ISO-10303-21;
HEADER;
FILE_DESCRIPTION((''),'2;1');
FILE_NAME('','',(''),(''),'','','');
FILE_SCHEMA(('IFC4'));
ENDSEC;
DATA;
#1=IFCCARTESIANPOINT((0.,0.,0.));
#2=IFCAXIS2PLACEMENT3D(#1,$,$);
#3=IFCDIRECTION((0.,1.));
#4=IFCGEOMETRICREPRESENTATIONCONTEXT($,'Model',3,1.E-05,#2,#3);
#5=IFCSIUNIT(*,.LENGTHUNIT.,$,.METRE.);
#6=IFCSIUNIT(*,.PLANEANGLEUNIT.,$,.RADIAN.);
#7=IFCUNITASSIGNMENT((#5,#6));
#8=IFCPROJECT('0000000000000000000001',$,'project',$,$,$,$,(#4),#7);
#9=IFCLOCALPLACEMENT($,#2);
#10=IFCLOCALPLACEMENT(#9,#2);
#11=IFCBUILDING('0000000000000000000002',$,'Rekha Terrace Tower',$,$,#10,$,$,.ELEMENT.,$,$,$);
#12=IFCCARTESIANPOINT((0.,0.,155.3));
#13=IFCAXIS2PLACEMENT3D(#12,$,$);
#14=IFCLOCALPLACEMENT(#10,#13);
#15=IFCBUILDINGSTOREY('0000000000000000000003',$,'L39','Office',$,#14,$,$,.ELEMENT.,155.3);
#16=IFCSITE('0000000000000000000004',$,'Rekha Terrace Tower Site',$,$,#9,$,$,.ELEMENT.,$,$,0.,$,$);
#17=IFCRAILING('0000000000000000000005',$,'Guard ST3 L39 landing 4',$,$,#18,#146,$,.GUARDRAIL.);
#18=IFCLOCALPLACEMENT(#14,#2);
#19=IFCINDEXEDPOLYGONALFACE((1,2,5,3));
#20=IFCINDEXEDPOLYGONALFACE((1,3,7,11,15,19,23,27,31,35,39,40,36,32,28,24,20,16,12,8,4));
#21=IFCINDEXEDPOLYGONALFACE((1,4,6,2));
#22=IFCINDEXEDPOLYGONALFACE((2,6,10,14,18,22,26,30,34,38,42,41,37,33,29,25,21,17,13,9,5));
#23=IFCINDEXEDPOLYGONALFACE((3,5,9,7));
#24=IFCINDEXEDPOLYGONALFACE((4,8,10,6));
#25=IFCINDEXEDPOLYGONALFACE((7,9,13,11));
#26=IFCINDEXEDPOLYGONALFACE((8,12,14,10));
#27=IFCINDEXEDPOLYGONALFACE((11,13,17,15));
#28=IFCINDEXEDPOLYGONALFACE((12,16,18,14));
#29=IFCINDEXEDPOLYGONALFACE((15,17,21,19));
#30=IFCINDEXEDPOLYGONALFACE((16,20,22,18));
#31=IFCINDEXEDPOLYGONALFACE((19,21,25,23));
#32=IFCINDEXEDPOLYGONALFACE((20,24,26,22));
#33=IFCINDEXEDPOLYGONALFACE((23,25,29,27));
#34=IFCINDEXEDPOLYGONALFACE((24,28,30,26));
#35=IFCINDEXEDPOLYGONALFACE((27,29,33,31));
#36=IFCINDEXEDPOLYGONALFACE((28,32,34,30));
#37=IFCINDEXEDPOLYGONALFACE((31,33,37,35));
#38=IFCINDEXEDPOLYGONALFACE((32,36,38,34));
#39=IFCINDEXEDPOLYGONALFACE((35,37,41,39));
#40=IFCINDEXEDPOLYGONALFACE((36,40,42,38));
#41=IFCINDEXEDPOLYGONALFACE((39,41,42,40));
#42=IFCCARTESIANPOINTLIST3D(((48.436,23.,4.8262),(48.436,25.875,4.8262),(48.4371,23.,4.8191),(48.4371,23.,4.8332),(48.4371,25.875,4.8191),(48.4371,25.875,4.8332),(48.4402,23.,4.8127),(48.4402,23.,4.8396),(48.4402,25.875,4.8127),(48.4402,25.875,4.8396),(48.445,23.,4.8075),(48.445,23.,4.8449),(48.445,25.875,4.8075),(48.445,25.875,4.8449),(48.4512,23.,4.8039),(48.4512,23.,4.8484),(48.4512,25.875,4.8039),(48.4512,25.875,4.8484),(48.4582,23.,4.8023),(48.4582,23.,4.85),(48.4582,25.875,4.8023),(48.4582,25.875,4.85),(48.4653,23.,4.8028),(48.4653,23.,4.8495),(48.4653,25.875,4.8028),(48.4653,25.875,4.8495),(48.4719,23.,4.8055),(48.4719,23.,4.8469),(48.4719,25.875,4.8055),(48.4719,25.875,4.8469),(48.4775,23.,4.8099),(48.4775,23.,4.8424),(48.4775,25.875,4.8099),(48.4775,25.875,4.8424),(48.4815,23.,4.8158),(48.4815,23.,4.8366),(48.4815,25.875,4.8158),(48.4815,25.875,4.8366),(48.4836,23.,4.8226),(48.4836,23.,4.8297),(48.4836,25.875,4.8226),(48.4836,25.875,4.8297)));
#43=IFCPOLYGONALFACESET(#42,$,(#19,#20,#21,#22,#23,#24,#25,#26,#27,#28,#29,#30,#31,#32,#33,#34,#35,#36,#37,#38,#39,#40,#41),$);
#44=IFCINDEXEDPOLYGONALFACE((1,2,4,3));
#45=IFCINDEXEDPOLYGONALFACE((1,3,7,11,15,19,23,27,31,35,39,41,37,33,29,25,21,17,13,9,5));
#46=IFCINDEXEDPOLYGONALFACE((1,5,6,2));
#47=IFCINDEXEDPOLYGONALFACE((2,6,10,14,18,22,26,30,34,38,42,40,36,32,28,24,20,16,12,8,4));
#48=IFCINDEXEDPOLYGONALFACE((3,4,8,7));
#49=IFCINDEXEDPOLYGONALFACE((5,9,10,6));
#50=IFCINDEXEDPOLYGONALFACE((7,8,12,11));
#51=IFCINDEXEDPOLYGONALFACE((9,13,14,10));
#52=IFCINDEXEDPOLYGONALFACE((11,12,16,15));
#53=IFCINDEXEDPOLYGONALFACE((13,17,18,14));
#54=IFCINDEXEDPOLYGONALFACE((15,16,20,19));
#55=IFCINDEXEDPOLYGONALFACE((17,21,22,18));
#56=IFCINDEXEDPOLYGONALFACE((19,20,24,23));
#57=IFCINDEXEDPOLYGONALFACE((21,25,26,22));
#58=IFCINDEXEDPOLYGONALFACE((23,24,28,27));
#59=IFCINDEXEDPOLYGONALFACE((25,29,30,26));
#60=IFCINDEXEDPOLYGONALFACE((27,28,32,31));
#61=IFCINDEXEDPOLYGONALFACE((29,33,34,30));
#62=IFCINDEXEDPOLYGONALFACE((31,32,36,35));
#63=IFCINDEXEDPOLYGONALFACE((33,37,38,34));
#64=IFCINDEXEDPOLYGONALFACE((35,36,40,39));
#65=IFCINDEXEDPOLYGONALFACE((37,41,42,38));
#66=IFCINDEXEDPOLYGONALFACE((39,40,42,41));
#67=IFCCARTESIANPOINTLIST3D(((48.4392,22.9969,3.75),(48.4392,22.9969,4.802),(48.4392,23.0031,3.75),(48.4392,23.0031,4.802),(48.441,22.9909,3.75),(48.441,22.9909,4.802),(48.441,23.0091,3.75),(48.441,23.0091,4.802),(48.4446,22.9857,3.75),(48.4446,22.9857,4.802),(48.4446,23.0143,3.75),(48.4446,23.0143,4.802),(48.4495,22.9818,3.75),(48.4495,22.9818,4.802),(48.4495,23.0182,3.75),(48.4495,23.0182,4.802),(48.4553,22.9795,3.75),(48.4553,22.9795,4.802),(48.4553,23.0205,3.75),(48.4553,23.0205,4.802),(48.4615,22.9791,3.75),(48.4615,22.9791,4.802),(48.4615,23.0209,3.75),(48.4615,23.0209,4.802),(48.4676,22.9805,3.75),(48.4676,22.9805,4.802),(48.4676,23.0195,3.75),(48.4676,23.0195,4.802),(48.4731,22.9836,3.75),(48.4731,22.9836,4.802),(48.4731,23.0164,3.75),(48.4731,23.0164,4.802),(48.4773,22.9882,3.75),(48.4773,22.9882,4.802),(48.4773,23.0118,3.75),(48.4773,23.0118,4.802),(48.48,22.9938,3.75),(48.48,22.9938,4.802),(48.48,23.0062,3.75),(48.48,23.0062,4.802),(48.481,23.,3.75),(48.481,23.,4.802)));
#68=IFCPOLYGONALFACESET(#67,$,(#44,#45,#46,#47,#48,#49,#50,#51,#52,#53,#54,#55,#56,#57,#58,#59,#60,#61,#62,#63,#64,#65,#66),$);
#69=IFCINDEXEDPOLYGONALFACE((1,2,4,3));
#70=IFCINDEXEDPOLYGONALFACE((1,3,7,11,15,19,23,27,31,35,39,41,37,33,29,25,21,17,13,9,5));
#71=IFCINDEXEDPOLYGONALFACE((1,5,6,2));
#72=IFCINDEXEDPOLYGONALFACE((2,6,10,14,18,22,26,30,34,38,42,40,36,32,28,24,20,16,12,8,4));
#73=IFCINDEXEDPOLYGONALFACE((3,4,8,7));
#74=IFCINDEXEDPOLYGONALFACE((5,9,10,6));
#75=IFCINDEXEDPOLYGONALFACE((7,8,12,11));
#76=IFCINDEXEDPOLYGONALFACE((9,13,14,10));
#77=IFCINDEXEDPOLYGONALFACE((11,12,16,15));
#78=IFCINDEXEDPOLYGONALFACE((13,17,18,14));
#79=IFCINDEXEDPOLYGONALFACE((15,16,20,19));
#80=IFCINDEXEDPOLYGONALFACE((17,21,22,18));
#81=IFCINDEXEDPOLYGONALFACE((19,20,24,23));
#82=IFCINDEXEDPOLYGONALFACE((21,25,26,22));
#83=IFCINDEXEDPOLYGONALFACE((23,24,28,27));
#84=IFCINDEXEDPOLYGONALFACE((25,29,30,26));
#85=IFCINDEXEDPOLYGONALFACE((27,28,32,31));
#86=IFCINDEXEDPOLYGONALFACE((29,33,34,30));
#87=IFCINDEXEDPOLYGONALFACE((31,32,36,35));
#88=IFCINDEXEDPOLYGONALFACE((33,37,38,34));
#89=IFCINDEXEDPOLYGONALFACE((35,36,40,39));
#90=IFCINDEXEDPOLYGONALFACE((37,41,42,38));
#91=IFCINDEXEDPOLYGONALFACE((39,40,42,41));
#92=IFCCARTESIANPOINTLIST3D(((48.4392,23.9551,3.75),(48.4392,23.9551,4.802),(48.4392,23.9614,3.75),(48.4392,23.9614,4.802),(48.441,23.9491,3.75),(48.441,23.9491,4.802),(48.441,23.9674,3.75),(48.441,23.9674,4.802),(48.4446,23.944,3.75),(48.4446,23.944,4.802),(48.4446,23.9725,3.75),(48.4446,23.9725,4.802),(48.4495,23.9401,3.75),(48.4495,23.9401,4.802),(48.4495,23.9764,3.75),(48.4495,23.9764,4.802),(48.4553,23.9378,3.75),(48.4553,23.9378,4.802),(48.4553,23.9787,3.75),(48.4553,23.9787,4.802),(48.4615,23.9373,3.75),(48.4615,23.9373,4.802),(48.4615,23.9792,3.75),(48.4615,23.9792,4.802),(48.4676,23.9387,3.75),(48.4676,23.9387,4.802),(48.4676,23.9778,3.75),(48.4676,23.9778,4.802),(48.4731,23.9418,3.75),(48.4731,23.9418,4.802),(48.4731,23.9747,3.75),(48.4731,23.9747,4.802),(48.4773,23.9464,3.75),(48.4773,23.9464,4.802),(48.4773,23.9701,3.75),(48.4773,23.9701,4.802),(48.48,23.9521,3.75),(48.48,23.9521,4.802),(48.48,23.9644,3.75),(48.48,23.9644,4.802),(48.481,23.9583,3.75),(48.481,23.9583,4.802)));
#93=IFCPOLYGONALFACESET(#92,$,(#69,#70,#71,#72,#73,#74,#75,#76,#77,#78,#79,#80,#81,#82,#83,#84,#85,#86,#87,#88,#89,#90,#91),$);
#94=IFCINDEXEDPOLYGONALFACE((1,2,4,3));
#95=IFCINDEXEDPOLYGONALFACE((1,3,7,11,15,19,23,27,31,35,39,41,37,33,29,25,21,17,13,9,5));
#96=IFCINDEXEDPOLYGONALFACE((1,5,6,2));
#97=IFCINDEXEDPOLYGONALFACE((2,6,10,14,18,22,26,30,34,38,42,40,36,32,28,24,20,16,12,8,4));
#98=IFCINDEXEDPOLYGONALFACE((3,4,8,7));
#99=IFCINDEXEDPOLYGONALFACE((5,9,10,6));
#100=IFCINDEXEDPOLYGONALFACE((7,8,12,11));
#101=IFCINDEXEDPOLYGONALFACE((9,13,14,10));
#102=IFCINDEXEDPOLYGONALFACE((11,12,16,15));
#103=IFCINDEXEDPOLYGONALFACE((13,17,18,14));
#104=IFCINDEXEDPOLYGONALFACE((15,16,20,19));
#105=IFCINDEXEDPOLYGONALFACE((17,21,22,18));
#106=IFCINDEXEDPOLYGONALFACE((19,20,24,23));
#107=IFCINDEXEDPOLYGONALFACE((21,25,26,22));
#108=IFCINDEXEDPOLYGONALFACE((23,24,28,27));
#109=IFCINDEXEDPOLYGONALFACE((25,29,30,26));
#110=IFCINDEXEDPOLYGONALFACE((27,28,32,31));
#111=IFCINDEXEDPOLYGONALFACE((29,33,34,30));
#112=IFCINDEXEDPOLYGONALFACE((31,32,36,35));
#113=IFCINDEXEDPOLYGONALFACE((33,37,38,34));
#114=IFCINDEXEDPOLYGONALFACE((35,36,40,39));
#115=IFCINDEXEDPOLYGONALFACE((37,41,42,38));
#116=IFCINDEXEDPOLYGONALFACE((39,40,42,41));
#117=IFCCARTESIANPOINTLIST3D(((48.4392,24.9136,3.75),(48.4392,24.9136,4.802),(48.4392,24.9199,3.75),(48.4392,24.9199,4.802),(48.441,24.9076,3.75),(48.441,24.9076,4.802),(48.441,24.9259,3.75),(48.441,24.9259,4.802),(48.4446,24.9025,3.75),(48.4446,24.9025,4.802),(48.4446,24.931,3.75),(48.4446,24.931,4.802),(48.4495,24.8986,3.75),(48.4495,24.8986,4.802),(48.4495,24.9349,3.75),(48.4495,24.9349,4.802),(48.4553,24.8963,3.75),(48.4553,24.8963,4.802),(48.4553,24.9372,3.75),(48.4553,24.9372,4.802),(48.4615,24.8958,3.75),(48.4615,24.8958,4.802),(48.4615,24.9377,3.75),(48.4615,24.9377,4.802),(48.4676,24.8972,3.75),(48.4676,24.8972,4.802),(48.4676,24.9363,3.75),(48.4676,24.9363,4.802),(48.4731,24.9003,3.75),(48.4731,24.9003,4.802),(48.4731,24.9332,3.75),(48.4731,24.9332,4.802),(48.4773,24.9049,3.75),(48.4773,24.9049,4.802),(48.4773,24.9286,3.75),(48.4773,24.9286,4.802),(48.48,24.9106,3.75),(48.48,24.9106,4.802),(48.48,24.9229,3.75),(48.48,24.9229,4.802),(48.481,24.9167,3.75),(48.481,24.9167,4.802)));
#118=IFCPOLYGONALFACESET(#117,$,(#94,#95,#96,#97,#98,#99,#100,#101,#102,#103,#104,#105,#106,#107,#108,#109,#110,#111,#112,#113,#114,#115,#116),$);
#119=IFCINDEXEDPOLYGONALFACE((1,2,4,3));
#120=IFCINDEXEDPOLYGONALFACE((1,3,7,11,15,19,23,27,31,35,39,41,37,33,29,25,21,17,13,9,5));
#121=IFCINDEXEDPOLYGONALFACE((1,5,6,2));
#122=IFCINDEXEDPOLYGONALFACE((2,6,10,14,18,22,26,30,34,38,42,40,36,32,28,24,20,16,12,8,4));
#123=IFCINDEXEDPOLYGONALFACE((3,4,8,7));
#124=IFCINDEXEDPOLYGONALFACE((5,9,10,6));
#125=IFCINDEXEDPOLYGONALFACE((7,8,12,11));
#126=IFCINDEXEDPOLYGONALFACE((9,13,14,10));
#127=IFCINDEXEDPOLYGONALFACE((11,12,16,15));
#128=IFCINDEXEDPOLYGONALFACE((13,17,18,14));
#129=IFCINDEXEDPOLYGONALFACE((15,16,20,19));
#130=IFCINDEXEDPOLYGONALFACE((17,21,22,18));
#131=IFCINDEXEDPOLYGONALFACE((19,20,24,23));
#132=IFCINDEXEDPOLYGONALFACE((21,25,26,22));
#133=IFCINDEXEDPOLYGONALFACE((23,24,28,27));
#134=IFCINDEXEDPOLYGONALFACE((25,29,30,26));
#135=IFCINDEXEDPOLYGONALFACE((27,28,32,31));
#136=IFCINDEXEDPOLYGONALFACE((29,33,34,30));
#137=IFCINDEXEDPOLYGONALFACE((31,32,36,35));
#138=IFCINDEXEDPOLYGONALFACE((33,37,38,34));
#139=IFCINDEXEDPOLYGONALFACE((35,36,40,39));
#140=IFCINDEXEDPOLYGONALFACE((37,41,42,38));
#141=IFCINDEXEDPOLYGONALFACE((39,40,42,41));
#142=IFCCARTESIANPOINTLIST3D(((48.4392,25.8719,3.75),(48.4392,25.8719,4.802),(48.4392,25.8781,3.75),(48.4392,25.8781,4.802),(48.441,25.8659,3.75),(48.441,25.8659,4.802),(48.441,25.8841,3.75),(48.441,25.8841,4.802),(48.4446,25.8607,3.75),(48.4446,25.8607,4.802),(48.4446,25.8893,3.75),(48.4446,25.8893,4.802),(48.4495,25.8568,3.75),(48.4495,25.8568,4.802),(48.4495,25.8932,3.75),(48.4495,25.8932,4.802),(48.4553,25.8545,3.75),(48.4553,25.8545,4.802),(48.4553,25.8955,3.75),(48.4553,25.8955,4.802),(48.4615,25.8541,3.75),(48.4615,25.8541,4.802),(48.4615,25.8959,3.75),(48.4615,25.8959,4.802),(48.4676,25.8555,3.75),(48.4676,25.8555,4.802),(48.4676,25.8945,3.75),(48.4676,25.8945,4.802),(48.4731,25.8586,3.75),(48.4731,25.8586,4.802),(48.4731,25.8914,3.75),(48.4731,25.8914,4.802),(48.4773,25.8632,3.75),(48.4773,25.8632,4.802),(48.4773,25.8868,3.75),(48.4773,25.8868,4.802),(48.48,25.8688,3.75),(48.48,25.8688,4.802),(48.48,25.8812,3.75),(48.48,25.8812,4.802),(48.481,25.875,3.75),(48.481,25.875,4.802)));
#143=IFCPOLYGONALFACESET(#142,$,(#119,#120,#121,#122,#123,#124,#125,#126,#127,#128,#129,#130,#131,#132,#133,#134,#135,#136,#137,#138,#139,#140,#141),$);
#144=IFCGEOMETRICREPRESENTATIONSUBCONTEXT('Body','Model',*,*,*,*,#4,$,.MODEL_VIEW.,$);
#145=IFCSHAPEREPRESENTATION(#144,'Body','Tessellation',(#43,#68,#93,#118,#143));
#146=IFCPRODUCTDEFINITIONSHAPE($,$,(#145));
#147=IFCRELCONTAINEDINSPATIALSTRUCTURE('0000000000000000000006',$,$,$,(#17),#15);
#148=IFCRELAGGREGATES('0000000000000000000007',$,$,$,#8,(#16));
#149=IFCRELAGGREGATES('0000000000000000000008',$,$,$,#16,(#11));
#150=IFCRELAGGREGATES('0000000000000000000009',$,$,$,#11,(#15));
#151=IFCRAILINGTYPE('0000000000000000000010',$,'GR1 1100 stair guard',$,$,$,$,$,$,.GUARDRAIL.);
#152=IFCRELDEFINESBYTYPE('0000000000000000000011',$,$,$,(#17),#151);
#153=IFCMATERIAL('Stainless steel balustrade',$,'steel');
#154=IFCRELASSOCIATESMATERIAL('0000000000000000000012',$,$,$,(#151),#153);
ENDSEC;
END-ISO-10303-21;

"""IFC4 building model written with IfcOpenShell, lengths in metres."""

from ifc_helpers import new_model, si_unit, direction, frame, origin, origin_2d, place, context, subcontext, project, spatial, circle, extrude, material, type_object, element, save


model = new_model("IFC4")

# Units and contexts
model_context = context("Model", 3, precision=1e-05, world=origin(), true_north=direction((0.0, 1.0)))
body_context = subcontext(model_context, "Body", "Model", "MODEL_VIEW")
ifc_project = project(units=[si_unit("LENGTHUNIT", "METRE"), si_unit("PLANEANGLEUNIT", "RADIAN")], contexts=[model_context])

# Site, building, storey
site_placement = place(None, origin())
site = spatial("IfcSite", under=ifc_project, at=site_placement, Name="Rekha Terrace Tower Site", CompositionType="ELEMENT", RefElevation=0.0)
building_placement = place(site_placement, origin())
building = spatial("IfcBuilding", under=site, at=building_placement, Name="Rekha Terrace Tower", CompositionType="ELEMENT")
storey_placement = place(building_placement, frame((0.0, 0.0, 155.3)))
storey = spatial("IfcBuildingStorey", under=building, at=storey_placement, Name="L39", Description="Office", CompositionType="ELEMENT", Elevation=155.3)

# Railing
ifc_material_1 = material(Name="Stainless steel balustrade", Category="steel")
railing_type_1 = type_object("IfcRailingType", Name="GR1 1100 stair guard", PredefinedType="GUARDRAIL", material=ifc_material_1)
railing_1_placement = place(storey_placement, frame((48.46, 23.0, 3.75)))
element("IfcRailing", 1, at=railing_1_placement, inside=storey, type_object=railing_type_1, Name="Guard ST3 L39 landing 4", PredefinedType="GUARDRAIL", context=body_context, shape_type="SweptSolid", body=[
    extrude(circle(Radius=0.0239, at=origin_2d()), frame((0.0, 0.0, 1.0762), z_axis=(0.0, 1.0, 0.0), x_axis=(-1.0, 0.0, 0.0)), (0.0, 0.0, 1.0), 2.875),
    extrude(circle(Radius=0.021, at=origin_2d()), origin(), (0.0, 0.0, 1.0), 1.052),
    extrude(circle(Radius=0.021, at=origin_2d()), frame((0.0, 0.9583, 0.0)), (0.0, 0.0, 1.0), 1.052),
    extrude(circle(Radius=0.021, at=origin_2d()), frame((0.0, 1.9167, 0.0)), (0.0, 0.0, 1.0), 1.052),
    extrude(circle(Radius=0.021, at=origin_2d()), frame((0.0, 2.875, 0.0)), (0.0, 0.0, 1.0), 1.052),
])

save(model, "model.ifc")
